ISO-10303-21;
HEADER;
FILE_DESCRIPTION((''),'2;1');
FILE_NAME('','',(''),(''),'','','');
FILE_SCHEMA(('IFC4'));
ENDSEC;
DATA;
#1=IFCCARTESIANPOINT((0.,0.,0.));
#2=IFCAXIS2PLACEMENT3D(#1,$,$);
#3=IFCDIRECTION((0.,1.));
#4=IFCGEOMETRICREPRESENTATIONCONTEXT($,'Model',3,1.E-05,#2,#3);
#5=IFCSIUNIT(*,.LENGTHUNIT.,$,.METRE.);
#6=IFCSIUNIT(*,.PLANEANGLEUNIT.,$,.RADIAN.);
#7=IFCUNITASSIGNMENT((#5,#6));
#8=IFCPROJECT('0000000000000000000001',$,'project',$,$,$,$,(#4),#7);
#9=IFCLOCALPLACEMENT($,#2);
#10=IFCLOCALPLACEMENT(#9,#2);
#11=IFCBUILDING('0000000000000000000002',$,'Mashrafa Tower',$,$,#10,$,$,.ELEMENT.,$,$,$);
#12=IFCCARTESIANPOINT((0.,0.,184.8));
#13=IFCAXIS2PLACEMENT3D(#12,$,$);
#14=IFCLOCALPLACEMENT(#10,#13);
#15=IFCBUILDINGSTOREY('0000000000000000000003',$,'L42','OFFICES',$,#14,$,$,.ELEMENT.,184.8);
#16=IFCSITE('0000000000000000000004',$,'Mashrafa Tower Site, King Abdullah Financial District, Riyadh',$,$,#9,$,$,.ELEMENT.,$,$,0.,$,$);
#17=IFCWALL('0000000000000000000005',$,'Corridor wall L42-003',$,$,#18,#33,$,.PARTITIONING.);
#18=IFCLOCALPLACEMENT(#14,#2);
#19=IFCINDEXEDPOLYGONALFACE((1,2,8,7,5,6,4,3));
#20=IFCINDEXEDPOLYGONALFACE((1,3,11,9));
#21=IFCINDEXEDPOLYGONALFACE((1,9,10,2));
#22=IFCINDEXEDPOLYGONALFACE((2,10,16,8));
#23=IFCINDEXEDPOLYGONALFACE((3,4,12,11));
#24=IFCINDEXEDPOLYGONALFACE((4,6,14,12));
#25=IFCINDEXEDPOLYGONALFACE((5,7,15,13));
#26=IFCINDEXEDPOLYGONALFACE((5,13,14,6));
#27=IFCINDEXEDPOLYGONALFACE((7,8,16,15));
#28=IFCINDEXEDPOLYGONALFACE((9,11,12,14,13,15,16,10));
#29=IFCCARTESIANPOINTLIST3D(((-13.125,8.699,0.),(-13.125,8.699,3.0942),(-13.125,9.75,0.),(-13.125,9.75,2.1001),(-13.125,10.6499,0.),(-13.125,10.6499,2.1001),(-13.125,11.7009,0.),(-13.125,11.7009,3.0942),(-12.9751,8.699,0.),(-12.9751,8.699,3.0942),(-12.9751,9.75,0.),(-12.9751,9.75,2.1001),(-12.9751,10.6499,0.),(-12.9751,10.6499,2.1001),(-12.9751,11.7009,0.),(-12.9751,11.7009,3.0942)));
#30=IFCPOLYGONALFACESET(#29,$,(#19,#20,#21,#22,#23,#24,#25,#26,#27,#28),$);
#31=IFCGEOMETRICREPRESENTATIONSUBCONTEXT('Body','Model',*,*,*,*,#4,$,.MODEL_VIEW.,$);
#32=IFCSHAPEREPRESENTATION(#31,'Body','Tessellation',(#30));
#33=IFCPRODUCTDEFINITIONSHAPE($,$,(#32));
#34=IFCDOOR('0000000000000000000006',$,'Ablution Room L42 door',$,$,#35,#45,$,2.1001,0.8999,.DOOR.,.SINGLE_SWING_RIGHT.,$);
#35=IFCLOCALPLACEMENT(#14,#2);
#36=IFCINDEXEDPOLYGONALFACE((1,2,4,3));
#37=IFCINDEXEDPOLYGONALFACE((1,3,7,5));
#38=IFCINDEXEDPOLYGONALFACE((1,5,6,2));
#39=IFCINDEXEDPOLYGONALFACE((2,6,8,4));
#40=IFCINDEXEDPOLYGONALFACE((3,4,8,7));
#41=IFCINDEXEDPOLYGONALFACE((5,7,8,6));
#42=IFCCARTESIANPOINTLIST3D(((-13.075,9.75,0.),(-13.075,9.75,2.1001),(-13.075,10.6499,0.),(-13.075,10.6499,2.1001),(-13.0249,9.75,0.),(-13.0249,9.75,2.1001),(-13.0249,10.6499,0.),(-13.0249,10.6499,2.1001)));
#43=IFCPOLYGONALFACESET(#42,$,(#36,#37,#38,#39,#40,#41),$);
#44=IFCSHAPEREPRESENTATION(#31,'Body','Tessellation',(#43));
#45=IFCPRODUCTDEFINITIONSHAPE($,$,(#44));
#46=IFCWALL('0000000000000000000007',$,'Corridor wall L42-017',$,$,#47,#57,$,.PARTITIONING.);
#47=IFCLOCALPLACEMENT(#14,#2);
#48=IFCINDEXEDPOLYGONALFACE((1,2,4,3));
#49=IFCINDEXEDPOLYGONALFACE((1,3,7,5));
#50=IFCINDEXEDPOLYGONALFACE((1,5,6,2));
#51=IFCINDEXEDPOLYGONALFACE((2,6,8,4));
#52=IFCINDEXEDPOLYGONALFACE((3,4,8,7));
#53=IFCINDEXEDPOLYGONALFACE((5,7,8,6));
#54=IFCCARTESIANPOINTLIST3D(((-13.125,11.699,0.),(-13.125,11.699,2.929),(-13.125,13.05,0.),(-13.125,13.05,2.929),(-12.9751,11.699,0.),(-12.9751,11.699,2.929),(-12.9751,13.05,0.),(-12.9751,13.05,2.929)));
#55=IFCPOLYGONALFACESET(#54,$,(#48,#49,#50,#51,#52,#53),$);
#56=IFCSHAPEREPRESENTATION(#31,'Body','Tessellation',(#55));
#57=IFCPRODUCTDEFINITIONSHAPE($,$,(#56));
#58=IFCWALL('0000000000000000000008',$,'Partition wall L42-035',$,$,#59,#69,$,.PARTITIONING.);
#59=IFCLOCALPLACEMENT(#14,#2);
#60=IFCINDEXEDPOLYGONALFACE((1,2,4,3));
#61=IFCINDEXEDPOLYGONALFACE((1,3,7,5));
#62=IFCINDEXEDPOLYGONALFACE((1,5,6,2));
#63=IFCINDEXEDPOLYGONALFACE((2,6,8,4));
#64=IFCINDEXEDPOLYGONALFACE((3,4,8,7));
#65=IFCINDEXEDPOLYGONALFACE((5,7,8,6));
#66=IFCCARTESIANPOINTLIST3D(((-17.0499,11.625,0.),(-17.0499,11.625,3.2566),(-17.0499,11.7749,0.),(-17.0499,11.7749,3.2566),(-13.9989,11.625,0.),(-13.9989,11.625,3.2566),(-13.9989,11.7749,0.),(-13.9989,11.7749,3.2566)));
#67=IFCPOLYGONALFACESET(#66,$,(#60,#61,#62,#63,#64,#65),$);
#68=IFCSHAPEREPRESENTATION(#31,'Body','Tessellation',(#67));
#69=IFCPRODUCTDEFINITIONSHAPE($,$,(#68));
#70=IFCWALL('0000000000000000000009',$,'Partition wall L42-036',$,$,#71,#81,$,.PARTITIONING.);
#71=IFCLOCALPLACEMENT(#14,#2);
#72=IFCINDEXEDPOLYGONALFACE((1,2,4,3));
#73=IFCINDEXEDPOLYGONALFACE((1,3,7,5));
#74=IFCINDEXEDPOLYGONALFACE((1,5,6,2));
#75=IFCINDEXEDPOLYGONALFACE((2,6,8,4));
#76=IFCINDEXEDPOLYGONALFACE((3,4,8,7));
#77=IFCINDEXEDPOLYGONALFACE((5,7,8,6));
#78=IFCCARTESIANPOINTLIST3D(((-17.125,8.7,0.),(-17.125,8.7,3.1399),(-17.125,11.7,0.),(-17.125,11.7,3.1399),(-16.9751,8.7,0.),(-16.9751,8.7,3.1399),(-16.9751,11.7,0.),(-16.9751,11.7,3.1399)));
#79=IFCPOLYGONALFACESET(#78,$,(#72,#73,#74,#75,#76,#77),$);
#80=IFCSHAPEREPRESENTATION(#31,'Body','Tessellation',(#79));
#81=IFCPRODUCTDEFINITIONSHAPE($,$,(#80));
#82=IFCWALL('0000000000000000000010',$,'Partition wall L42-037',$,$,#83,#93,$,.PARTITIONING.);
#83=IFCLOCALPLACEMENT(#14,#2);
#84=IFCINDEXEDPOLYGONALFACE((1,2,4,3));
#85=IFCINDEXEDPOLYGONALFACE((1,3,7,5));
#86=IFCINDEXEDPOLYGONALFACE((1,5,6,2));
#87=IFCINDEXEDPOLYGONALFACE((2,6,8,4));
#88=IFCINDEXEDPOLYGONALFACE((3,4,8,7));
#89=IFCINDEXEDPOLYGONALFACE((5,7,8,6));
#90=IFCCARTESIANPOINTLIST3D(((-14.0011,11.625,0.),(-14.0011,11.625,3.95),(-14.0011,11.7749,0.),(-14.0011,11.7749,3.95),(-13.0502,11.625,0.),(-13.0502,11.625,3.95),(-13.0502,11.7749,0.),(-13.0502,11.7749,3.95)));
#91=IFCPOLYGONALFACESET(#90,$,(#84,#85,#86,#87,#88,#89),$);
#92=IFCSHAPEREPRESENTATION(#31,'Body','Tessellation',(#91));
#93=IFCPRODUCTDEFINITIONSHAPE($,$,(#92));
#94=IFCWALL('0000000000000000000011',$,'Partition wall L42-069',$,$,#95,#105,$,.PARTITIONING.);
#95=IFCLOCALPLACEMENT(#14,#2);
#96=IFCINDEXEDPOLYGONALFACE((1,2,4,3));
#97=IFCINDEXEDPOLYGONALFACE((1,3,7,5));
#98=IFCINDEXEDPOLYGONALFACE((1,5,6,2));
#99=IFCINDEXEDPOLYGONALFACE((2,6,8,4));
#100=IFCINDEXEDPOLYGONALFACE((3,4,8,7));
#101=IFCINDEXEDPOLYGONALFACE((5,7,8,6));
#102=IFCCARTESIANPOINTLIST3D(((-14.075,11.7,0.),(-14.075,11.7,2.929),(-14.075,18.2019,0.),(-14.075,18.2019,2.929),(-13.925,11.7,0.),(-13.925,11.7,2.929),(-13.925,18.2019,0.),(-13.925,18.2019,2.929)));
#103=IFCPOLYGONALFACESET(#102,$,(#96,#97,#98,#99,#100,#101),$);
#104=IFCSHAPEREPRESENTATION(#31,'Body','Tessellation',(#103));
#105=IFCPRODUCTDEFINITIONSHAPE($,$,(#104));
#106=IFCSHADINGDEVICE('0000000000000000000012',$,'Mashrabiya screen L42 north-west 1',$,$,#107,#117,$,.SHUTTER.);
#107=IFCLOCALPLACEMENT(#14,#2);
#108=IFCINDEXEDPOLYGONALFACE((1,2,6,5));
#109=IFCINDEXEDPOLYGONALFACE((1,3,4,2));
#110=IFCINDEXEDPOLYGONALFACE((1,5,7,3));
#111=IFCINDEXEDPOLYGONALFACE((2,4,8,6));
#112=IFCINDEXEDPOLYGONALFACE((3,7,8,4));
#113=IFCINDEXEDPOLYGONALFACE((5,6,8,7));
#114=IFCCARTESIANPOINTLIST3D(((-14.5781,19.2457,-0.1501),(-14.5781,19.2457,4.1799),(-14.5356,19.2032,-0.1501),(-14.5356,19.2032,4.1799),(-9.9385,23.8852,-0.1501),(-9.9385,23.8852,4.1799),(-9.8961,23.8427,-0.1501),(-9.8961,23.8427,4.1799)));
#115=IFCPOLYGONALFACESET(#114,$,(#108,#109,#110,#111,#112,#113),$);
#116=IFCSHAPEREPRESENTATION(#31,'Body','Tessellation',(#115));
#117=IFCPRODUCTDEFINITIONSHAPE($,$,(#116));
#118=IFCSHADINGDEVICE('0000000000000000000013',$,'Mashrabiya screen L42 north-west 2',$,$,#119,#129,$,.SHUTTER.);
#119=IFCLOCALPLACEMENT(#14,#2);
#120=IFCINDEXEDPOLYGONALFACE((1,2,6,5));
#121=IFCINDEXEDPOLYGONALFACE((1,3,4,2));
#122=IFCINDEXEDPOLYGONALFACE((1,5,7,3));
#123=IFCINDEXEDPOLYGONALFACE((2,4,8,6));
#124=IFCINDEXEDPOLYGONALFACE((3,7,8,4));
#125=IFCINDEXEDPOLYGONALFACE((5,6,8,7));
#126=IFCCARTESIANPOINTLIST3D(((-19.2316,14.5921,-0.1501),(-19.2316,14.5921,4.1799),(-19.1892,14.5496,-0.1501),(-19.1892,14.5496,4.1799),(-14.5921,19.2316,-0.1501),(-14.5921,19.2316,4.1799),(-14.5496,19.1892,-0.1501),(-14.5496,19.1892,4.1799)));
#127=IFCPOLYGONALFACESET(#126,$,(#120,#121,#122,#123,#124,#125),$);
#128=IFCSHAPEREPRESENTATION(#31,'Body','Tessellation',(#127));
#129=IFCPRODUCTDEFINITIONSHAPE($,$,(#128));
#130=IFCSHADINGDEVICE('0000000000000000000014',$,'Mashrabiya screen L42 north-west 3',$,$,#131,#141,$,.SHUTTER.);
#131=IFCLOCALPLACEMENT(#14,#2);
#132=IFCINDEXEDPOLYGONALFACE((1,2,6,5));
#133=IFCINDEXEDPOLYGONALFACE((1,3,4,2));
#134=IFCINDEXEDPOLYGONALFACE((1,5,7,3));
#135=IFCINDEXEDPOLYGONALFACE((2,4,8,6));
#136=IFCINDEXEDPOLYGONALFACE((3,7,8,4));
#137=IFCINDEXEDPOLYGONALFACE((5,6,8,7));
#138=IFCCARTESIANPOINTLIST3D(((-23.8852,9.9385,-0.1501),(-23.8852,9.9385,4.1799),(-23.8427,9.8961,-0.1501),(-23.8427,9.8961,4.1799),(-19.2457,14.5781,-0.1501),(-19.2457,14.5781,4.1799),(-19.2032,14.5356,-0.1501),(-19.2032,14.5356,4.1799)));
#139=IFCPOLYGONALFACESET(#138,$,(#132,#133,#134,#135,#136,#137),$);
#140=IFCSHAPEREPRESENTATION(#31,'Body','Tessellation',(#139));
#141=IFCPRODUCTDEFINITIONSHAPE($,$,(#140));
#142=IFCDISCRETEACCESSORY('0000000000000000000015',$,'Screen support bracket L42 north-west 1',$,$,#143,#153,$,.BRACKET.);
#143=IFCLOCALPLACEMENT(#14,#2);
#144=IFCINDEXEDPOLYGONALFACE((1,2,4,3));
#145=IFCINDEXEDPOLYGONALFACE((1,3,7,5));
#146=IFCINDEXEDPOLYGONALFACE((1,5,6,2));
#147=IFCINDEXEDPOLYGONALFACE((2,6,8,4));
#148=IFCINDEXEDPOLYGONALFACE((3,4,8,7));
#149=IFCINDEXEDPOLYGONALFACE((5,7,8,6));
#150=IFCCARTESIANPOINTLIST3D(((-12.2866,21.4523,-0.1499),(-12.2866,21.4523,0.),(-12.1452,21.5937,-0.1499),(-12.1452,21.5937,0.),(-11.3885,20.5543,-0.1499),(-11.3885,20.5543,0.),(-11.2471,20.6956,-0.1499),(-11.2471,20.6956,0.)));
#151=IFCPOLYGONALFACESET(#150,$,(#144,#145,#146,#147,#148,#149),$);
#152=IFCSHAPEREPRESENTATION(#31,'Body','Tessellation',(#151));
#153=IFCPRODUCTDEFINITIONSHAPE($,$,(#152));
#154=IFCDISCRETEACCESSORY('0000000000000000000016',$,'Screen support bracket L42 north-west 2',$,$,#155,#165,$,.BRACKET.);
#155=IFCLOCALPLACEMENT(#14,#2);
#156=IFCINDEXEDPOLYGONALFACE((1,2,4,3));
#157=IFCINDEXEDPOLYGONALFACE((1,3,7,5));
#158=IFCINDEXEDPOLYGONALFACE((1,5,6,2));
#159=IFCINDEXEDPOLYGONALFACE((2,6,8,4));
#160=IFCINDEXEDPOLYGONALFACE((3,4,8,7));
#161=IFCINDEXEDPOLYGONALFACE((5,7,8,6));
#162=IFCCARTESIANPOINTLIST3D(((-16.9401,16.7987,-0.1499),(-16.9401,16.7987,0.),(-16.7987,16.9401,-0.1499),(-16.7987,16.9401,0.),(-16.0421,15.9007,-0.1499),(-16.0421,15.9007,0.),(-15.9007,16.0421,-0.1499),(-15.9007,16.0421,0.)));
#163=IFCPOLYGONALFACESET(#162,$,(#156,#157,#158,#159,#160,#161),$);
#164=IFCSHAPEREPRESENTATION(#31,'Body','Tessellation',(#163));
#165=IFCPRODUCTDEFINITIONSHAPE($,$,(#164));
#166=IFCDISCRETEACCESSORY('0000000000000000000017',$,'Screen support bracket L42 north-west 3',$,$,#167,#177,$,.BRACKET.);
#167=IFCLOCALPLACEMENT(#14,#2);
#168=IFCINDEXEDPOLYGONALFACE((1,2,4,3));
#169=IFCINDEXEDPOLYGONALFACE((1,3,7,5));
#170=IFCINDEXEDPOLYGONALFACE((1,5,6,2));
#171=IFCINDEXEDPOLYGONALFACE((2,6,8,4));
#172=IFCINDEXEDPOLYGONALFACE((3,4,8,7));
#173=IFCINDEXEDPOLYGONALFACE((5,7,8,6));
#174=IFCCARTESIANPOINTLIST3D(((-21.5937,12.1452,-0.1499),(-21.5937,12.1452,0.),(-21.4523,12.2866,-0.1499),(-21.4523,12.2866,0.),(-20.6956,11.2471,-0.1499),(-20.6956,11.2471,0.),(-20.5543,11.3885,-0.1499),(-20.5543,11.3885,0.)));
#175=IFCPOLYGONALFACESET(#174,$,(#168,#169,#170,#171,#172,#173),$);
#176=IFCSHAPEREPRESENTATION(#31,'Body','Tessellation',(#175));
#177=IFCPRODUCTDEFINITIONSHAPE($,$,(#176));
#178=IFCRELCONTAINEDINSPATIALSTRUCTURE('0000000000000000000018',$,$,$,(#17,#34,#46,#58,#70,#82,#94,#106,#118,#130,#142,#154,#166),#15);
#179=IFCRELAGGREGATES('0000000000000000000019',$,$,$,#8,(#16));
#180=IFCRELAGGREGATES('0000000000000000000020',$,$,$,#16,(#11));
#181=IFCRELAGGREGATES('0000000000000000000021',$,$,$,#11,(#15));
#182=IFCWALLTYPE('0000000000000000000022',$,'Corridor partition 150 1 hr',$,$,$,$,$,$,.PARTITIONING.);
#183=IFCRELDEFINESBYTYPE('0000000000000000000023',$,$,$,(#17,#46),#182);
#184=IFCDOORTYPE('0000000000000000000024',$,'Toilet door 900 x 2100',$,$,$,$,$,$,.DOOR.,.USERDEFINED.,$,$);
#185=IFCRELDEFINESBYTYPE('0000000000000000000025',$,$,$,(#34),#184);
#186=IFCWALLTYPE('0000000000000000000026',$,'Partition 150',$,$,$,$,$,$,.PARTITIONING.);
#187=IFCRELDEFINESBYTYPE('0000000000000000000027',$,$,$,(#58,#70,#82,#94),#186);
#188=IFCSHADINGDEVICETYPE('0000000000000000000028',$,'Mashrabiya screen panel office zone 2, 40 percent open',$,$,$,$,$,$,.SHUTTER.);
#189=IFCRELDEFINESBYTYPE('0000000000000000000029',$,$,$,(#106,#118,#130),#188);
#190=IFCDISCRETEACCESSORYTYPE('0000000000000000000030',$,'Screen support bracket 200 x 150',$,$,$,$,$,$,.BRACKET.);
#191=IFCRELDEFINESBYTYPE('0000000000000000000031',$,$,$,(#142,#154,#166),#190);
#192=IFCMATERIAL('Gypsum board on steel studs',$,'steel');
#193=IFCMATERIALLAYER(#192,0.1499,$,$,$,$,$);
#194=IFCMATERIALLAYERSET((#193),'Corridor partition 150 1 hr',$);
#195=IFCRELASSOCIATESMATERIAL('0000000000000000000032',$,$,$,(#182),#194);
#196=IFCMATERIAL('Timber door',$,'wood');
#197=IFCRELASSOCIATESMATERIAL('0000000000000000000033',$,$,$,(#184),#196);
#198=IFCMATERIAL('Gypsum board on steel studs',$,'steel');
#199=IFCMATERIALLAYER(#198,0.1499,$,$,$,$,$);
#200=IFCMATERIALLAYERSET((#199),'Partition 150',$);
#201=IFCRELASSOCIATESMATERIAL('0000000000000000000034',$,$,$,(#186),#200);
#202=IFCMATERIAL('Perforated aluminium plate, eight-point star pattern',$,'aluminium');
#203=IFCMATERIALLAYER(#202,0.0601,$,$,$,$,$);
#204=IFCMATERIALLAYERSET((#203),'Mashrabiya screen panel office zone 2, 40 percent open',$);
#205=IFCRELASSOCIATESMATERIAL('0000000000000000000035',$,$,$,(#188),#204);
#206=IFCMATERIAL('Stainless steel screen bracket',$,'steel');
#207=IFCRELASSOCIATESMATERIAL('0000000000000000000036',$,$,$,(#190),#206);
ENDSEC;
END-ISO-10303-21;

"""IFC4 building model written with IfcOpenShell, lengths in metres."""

from ifc_helpers import new_model, si_unit, direction, frame, frame_2d, origin, origin_2d, place, context, subcontext, project, spatial, rectangle, extrude, source, transform, mapped, material, layer, layer_set, type_object, type_shapes, element, fill, save


model = new_model("IFC4")

# Units and contexts
model_context = context("Model", 3, precision=1e-05, world=origin(), true_north=direction((0.0, 1.0)))
body_context = subcontext(model_context, "Body", "Model", "MODEL_VIEW")
ifc_project = project(units=[si_unit("LENGTHUNIT", "METRE"), si_unit("PLANEANGLEUNIT", "RADIAN")], contexts=[model_context])

# Site, building, storey
site_placement = place(None, origin())
site = spatial("IfcSite", under=ifc_project, at=site_placement, Name="Mashrafa Tower Site, King Abdullah Financial District, Riyadh", CompositionType="ELEMENT", RefElevation=0.0)
building_placement = place(site_placement, origin())
building = spatial("IfcBuilding", under=site, at=building_placement, Name="Mashrafa Tower", CompositionType="ELEMENT")
storey_placement = place(building_placement, frame((0.0, 0.0, 184.8)))
storey = spatial("IfcBuildingStorey", under=building, at=storey_placement, Name="L42", Description="OFFICES", CompositionType="ELEMENT", Elevation=184.8)

# Wall, opening, door
ifc_material_1 = material(Name="Gypsum board on steel studs", Category="steel")
ifc_layer_1 = layer(ifc_material_1, 0.1499)
ifc_layer_set_1 = layer_set([ifc_layer_1], Name="Corridor partition 150 1 hr")
wall_type_1 = type_object("IfcWallType", Name="Corridor partition 150 1 hr", PredefinedType="PARTITIONING", material=ifc_layer_set_1)
wall_1_placement = place(storey_placement, frame((-13.05, 11.7009, 0.0), z_axis=(0.0, 0.0, 1.0), x_axis=(0.0, -1.0, 0.0)))
wall_1 = element("IfcWall", 1, at=wall_1_placement, inside=storey, type_object=wall_type_1, Name="Corridor wall L42-003", PredefinedType="PARTITIONING", context=body_context, shape_type="SweptSolid", body=[
    extrude(rectangle(XDim=3.002, YDim=0.1499, at=frame_2d((1.501, 0.0))), origin(), (0.0, 0.0, 1.0), 3.0942),
])
opening_placement = place(wall_1_placement, frame((1.051, 0.0, 0.0)))
opening = element("IfcOpeningElement", 2, at=opening_placement, cuts=wall_1, PredefinedType="OPENING", context=body_context, shape_type="SweptSolid", body=[
    extrude(rectangle(XDim=0.8999, YDim=2.1001, at=frame_2d((0.45, 1.05))), frame((0.0, 0.085, 0.0), z_axis=(0.0, -1.0, 0.0), x_axis=(1.0, 0.0, 0.0)), (0.0, 0.0, 1.0), 0.1699),
])
ifc_material_2 = material(Name="Timber door", Category="wood")
door_type = type_object("IfcDoorType", Name="Toilet door 900 x 2100", OperationType="USERDEFINED", PredefinedType="DOOR", material=ifc_material_2)
door_placement = place(opening_placement, frame((0.8999, 0.0, 0.0), z_axis=(0.0, 0.0, 1.0), x_axis=(-1.0, 0.0, 0.0)))
door = element("IfcDoor", 3, at=door_placement, inside=storey, type_object=door_type, Name="Ablution Room L42 door", OperationType="SINGLE_SWING_RIGHT", OverallHeight=2.1001, OverallWidth=0.8999, PredefinedType="DOOR", context=body_context, shape_type="SweptSolid", body=[
    extrude(rectangle(XDim=0.8999, YDim=2.1001, at=frame_2d((0.45, 1.05))), frame((0.0, 0.0249, 0.0), z_axis=(0.0, -1.0, 0.0), x_axis=(1.0, 0.0, 0.0)), (0.0, 0.0, 1.0), 0.05),
])
fill(opening, door)

# Walls
wall_2_placement = place(storey_placement, frame((-13.05, 13.05, 0.0), z_axis=(0.0, 0.0, 1.0), x_axis=(0.0, -1.0, 0.0)))
element("IfcWall", 4, at=wall_2_placement, inside=storey, type_object=wall_type_1, Name="Corridor wall L42-017", PredefinedType="PARTITIONING", context=body_context, shape_type="SweptSolid", body=[
    extrude(rectangle(XDim=1.3511, YDim=0.1499, at=frame_2d((0.6755, 0.0))), origin(), (0.0, 0.0, 1.0), 2.929),
])
ifc_material_3 = material(Name="Gypsum board on steel studs", Category="steel")
ifc_layer_2 = layer(ifc_material_3, 0.1499)
ifc_layer_set_2 = layer_set([ifc_layer_2], Name="Partition 150")
wall_type_2 = type_object("IfcWallType", Name="Partition 150", PredefinedType="PARTITIONING", material=ifc_layer_set_2)
wall_3_placement = place(storey_placement, frame((-13.999, 11.7, 0.0), z_axis=(0.0, 0.0, 1.0), x_axis=(-1.0, 0.0, 0.0)))
element("IfcWall", 5, at=wall_3_placement, inside=storey, type_object=wall_type_2, Name="Partition wall L42-035", PredefinedType="PARTITIONING", context=body_context, shape_type="SweptSolid", body=[
    extrude(rectangle(XDim=3.051, YDim=0.1499, at=frame_2d((1.5254, 0.0))), origin(), (0.0, 0.0, 1.0), 3.2566),
])
wall_4_placement = place(storey_placement, frame((-17.05, 11.7, 0.0), z_axis=(0.0, 0.0, 1.0), x_axis=(0.0, -1.0, 0.0)))
element("IfcWall", 6, at=wall_4_placement, inside=storey, type_object=wall_type_2, Name="Partition wall L42-036", PredefinedType="PARTITIONING", context=body_context, shape_type="SweptSolid", body=[
    extrude(rectangle(XDim=3.0, YDim=0.1499, at=frame_2d((1.5, 0.0))), origin(), (0.0, 0.0, 1.0), 3.1399),
])
wall_5_placement = place(storey_placement, frame((-13.05, 11.7, 0.0), z_axis=(0.0, 0.0, 1.0), x_axis=(-1.0, 0.0, 0.0)))
element("IfcWall", 7, at=wall_5_placement, inside=storey, type_object=wall_type_2, Name="Partition wall L42-037", PredefinedType="PARTITIONING", context=body_context, shape_type="SweptSolid", body=[
    extrude(rectangle(XDim=0.9509, YDim=0.1499, at=frame_2d((0.4756, 0.0))), origin(), (0.0, 0.0, 1.0), 3.95),
])
wall_6_placement = place(storey_placement, frame((-14.0, 11.7, 0.0), z_axis=(0.0, 0.0, 1.0), x_axis=(0.0, 1.0, 0.0)))
element("IfcWall", 8, at=wall_6_placement, inside=storey, type_object=wall_type_2, Name="Partition wall L42-069", PredefinedType="PARTITIONING", context=body_context, shape_type="SweptSolid", body=[
    extrude(rectangle(XDim=6.502, YDim=0.1499, at=frame_2d((3.251, 0.0))), origin(), (0.0, 0.0, 1.0), 2.929),
])

# Shading devices
ifc_material_4 = material(Name="Perforated aluminium plate, eight-point star pattern", Category="aluminium")
ifc_layer_3 = layer(ifc_material_4, 0.0601)
ifc_layer_set_3 = layer_set([ifc_layer_3], Name="Mashrabiya screen panel office zone 2, 40 percent open")
shading_device_type = type_object("IfcShadingDeviceType", Name="Mashrabiya screen panel office zone 2, 40 percent open", PredefinedType="SHUTTER", material=ifc_layer_set_3)
shared_shape_1 = source(origin(), body_context, "Body", "SweptSolid", [
    extrude(rectangle(XDim=6.5613, YDim=0.0601, at=origin_2d()), origin(), (0.0, 0.0, 1.0), 4.3301),
])
type_shapes(shading_device_type, [shared_shape_1])
for number, where, z_axis, x_axis, name in (
    (9, (-12.2371, 21.5442, -0.1501), (0.0, 0.0, 1.0), (-0.707107, -0.707107, 0.0), "Mashrabiya screen L42 north-west 1"),
    (10, (-16.8906, 16.8906, -0.1501), (0.0, 0.0, 1.0), (-0.707107, -0.707107, 0.0), "Mashrabiya screen L42 north-west 2"),
    (11, (-21.5442, 12.2371, -0.1501), (0.0, 0.0, 1.0), (-0.707107, -0.707107, 0.0), "Mashrabiya screen L42 north-west 3"),
):
    element("IfcShadingDevice", number, at=place(storey_placement, frame(where, z_axis=z_axis, x_axis=x_axis)), inside=storey, type_object=shading_device_type, Name=name, PredefinedType="SHUTTER", context=body_context, shape_type="MappedRepresentation", body=[
        mapped(shared_shape_1, transform((0.0, 0.0, 0.0))),
    ])

# Discrete accessories
ifc_material_5 = material(Name="Stainless steel screen bracket", Category="steel")
discrete_accessory_type = type_object("IfcDiscreteAccessoryType", Name="Screen support bracket 200 x 150", PredefinedType="BRACKET", material=ifc_material_5)
shared_shape_2 = source(origin(), body_context, "Body", "SweptSolid", [
    extrude(rectangle(XDim=0.2, YDim=1.27, at=origin_2d()), origin(), (0.0, 0.0, 1.0), 0.1499),
])
type_shapes(discrete_accessory_type, [shared_shape_2])
for number, where, z_axis, x_axis, name in (
    (12, (-11.7668, 21.074, -0.1499), (0.0, 0.0, 1.0), (-0.707107, -0.707107, 0.0), "Screen support bracket L42 north-west 1"),
    (13, (-16.4204, 16.4204, -0.1499), (0.0, 0.0, 1.0), (-0.707107, -0.707107, 0.0), "Screen support bracket L42 north-west 2"),
    (14, (-21.074, 11.7668, -0.1499), (0.0, 0.0, 1.0), (-0.707107, -0.707107, 0.0), "Screen support bracket L42 north-west 3"),
):
    element("IfcDiscreteAccessory", number, at=place(storey_placement, frame(where, z_axis=z_axis, x_axis=x_axis)), inside=storey, type_object=discrete_accessory_type, Name=name, PredefinedType="BRACKET", context=body_context, shape_type="MappedRepresentation", body=[
        mapped(shared_shape_2, transform((0.0, 0.0, 0.0))),
    ])

save(model, "model.ifc")
